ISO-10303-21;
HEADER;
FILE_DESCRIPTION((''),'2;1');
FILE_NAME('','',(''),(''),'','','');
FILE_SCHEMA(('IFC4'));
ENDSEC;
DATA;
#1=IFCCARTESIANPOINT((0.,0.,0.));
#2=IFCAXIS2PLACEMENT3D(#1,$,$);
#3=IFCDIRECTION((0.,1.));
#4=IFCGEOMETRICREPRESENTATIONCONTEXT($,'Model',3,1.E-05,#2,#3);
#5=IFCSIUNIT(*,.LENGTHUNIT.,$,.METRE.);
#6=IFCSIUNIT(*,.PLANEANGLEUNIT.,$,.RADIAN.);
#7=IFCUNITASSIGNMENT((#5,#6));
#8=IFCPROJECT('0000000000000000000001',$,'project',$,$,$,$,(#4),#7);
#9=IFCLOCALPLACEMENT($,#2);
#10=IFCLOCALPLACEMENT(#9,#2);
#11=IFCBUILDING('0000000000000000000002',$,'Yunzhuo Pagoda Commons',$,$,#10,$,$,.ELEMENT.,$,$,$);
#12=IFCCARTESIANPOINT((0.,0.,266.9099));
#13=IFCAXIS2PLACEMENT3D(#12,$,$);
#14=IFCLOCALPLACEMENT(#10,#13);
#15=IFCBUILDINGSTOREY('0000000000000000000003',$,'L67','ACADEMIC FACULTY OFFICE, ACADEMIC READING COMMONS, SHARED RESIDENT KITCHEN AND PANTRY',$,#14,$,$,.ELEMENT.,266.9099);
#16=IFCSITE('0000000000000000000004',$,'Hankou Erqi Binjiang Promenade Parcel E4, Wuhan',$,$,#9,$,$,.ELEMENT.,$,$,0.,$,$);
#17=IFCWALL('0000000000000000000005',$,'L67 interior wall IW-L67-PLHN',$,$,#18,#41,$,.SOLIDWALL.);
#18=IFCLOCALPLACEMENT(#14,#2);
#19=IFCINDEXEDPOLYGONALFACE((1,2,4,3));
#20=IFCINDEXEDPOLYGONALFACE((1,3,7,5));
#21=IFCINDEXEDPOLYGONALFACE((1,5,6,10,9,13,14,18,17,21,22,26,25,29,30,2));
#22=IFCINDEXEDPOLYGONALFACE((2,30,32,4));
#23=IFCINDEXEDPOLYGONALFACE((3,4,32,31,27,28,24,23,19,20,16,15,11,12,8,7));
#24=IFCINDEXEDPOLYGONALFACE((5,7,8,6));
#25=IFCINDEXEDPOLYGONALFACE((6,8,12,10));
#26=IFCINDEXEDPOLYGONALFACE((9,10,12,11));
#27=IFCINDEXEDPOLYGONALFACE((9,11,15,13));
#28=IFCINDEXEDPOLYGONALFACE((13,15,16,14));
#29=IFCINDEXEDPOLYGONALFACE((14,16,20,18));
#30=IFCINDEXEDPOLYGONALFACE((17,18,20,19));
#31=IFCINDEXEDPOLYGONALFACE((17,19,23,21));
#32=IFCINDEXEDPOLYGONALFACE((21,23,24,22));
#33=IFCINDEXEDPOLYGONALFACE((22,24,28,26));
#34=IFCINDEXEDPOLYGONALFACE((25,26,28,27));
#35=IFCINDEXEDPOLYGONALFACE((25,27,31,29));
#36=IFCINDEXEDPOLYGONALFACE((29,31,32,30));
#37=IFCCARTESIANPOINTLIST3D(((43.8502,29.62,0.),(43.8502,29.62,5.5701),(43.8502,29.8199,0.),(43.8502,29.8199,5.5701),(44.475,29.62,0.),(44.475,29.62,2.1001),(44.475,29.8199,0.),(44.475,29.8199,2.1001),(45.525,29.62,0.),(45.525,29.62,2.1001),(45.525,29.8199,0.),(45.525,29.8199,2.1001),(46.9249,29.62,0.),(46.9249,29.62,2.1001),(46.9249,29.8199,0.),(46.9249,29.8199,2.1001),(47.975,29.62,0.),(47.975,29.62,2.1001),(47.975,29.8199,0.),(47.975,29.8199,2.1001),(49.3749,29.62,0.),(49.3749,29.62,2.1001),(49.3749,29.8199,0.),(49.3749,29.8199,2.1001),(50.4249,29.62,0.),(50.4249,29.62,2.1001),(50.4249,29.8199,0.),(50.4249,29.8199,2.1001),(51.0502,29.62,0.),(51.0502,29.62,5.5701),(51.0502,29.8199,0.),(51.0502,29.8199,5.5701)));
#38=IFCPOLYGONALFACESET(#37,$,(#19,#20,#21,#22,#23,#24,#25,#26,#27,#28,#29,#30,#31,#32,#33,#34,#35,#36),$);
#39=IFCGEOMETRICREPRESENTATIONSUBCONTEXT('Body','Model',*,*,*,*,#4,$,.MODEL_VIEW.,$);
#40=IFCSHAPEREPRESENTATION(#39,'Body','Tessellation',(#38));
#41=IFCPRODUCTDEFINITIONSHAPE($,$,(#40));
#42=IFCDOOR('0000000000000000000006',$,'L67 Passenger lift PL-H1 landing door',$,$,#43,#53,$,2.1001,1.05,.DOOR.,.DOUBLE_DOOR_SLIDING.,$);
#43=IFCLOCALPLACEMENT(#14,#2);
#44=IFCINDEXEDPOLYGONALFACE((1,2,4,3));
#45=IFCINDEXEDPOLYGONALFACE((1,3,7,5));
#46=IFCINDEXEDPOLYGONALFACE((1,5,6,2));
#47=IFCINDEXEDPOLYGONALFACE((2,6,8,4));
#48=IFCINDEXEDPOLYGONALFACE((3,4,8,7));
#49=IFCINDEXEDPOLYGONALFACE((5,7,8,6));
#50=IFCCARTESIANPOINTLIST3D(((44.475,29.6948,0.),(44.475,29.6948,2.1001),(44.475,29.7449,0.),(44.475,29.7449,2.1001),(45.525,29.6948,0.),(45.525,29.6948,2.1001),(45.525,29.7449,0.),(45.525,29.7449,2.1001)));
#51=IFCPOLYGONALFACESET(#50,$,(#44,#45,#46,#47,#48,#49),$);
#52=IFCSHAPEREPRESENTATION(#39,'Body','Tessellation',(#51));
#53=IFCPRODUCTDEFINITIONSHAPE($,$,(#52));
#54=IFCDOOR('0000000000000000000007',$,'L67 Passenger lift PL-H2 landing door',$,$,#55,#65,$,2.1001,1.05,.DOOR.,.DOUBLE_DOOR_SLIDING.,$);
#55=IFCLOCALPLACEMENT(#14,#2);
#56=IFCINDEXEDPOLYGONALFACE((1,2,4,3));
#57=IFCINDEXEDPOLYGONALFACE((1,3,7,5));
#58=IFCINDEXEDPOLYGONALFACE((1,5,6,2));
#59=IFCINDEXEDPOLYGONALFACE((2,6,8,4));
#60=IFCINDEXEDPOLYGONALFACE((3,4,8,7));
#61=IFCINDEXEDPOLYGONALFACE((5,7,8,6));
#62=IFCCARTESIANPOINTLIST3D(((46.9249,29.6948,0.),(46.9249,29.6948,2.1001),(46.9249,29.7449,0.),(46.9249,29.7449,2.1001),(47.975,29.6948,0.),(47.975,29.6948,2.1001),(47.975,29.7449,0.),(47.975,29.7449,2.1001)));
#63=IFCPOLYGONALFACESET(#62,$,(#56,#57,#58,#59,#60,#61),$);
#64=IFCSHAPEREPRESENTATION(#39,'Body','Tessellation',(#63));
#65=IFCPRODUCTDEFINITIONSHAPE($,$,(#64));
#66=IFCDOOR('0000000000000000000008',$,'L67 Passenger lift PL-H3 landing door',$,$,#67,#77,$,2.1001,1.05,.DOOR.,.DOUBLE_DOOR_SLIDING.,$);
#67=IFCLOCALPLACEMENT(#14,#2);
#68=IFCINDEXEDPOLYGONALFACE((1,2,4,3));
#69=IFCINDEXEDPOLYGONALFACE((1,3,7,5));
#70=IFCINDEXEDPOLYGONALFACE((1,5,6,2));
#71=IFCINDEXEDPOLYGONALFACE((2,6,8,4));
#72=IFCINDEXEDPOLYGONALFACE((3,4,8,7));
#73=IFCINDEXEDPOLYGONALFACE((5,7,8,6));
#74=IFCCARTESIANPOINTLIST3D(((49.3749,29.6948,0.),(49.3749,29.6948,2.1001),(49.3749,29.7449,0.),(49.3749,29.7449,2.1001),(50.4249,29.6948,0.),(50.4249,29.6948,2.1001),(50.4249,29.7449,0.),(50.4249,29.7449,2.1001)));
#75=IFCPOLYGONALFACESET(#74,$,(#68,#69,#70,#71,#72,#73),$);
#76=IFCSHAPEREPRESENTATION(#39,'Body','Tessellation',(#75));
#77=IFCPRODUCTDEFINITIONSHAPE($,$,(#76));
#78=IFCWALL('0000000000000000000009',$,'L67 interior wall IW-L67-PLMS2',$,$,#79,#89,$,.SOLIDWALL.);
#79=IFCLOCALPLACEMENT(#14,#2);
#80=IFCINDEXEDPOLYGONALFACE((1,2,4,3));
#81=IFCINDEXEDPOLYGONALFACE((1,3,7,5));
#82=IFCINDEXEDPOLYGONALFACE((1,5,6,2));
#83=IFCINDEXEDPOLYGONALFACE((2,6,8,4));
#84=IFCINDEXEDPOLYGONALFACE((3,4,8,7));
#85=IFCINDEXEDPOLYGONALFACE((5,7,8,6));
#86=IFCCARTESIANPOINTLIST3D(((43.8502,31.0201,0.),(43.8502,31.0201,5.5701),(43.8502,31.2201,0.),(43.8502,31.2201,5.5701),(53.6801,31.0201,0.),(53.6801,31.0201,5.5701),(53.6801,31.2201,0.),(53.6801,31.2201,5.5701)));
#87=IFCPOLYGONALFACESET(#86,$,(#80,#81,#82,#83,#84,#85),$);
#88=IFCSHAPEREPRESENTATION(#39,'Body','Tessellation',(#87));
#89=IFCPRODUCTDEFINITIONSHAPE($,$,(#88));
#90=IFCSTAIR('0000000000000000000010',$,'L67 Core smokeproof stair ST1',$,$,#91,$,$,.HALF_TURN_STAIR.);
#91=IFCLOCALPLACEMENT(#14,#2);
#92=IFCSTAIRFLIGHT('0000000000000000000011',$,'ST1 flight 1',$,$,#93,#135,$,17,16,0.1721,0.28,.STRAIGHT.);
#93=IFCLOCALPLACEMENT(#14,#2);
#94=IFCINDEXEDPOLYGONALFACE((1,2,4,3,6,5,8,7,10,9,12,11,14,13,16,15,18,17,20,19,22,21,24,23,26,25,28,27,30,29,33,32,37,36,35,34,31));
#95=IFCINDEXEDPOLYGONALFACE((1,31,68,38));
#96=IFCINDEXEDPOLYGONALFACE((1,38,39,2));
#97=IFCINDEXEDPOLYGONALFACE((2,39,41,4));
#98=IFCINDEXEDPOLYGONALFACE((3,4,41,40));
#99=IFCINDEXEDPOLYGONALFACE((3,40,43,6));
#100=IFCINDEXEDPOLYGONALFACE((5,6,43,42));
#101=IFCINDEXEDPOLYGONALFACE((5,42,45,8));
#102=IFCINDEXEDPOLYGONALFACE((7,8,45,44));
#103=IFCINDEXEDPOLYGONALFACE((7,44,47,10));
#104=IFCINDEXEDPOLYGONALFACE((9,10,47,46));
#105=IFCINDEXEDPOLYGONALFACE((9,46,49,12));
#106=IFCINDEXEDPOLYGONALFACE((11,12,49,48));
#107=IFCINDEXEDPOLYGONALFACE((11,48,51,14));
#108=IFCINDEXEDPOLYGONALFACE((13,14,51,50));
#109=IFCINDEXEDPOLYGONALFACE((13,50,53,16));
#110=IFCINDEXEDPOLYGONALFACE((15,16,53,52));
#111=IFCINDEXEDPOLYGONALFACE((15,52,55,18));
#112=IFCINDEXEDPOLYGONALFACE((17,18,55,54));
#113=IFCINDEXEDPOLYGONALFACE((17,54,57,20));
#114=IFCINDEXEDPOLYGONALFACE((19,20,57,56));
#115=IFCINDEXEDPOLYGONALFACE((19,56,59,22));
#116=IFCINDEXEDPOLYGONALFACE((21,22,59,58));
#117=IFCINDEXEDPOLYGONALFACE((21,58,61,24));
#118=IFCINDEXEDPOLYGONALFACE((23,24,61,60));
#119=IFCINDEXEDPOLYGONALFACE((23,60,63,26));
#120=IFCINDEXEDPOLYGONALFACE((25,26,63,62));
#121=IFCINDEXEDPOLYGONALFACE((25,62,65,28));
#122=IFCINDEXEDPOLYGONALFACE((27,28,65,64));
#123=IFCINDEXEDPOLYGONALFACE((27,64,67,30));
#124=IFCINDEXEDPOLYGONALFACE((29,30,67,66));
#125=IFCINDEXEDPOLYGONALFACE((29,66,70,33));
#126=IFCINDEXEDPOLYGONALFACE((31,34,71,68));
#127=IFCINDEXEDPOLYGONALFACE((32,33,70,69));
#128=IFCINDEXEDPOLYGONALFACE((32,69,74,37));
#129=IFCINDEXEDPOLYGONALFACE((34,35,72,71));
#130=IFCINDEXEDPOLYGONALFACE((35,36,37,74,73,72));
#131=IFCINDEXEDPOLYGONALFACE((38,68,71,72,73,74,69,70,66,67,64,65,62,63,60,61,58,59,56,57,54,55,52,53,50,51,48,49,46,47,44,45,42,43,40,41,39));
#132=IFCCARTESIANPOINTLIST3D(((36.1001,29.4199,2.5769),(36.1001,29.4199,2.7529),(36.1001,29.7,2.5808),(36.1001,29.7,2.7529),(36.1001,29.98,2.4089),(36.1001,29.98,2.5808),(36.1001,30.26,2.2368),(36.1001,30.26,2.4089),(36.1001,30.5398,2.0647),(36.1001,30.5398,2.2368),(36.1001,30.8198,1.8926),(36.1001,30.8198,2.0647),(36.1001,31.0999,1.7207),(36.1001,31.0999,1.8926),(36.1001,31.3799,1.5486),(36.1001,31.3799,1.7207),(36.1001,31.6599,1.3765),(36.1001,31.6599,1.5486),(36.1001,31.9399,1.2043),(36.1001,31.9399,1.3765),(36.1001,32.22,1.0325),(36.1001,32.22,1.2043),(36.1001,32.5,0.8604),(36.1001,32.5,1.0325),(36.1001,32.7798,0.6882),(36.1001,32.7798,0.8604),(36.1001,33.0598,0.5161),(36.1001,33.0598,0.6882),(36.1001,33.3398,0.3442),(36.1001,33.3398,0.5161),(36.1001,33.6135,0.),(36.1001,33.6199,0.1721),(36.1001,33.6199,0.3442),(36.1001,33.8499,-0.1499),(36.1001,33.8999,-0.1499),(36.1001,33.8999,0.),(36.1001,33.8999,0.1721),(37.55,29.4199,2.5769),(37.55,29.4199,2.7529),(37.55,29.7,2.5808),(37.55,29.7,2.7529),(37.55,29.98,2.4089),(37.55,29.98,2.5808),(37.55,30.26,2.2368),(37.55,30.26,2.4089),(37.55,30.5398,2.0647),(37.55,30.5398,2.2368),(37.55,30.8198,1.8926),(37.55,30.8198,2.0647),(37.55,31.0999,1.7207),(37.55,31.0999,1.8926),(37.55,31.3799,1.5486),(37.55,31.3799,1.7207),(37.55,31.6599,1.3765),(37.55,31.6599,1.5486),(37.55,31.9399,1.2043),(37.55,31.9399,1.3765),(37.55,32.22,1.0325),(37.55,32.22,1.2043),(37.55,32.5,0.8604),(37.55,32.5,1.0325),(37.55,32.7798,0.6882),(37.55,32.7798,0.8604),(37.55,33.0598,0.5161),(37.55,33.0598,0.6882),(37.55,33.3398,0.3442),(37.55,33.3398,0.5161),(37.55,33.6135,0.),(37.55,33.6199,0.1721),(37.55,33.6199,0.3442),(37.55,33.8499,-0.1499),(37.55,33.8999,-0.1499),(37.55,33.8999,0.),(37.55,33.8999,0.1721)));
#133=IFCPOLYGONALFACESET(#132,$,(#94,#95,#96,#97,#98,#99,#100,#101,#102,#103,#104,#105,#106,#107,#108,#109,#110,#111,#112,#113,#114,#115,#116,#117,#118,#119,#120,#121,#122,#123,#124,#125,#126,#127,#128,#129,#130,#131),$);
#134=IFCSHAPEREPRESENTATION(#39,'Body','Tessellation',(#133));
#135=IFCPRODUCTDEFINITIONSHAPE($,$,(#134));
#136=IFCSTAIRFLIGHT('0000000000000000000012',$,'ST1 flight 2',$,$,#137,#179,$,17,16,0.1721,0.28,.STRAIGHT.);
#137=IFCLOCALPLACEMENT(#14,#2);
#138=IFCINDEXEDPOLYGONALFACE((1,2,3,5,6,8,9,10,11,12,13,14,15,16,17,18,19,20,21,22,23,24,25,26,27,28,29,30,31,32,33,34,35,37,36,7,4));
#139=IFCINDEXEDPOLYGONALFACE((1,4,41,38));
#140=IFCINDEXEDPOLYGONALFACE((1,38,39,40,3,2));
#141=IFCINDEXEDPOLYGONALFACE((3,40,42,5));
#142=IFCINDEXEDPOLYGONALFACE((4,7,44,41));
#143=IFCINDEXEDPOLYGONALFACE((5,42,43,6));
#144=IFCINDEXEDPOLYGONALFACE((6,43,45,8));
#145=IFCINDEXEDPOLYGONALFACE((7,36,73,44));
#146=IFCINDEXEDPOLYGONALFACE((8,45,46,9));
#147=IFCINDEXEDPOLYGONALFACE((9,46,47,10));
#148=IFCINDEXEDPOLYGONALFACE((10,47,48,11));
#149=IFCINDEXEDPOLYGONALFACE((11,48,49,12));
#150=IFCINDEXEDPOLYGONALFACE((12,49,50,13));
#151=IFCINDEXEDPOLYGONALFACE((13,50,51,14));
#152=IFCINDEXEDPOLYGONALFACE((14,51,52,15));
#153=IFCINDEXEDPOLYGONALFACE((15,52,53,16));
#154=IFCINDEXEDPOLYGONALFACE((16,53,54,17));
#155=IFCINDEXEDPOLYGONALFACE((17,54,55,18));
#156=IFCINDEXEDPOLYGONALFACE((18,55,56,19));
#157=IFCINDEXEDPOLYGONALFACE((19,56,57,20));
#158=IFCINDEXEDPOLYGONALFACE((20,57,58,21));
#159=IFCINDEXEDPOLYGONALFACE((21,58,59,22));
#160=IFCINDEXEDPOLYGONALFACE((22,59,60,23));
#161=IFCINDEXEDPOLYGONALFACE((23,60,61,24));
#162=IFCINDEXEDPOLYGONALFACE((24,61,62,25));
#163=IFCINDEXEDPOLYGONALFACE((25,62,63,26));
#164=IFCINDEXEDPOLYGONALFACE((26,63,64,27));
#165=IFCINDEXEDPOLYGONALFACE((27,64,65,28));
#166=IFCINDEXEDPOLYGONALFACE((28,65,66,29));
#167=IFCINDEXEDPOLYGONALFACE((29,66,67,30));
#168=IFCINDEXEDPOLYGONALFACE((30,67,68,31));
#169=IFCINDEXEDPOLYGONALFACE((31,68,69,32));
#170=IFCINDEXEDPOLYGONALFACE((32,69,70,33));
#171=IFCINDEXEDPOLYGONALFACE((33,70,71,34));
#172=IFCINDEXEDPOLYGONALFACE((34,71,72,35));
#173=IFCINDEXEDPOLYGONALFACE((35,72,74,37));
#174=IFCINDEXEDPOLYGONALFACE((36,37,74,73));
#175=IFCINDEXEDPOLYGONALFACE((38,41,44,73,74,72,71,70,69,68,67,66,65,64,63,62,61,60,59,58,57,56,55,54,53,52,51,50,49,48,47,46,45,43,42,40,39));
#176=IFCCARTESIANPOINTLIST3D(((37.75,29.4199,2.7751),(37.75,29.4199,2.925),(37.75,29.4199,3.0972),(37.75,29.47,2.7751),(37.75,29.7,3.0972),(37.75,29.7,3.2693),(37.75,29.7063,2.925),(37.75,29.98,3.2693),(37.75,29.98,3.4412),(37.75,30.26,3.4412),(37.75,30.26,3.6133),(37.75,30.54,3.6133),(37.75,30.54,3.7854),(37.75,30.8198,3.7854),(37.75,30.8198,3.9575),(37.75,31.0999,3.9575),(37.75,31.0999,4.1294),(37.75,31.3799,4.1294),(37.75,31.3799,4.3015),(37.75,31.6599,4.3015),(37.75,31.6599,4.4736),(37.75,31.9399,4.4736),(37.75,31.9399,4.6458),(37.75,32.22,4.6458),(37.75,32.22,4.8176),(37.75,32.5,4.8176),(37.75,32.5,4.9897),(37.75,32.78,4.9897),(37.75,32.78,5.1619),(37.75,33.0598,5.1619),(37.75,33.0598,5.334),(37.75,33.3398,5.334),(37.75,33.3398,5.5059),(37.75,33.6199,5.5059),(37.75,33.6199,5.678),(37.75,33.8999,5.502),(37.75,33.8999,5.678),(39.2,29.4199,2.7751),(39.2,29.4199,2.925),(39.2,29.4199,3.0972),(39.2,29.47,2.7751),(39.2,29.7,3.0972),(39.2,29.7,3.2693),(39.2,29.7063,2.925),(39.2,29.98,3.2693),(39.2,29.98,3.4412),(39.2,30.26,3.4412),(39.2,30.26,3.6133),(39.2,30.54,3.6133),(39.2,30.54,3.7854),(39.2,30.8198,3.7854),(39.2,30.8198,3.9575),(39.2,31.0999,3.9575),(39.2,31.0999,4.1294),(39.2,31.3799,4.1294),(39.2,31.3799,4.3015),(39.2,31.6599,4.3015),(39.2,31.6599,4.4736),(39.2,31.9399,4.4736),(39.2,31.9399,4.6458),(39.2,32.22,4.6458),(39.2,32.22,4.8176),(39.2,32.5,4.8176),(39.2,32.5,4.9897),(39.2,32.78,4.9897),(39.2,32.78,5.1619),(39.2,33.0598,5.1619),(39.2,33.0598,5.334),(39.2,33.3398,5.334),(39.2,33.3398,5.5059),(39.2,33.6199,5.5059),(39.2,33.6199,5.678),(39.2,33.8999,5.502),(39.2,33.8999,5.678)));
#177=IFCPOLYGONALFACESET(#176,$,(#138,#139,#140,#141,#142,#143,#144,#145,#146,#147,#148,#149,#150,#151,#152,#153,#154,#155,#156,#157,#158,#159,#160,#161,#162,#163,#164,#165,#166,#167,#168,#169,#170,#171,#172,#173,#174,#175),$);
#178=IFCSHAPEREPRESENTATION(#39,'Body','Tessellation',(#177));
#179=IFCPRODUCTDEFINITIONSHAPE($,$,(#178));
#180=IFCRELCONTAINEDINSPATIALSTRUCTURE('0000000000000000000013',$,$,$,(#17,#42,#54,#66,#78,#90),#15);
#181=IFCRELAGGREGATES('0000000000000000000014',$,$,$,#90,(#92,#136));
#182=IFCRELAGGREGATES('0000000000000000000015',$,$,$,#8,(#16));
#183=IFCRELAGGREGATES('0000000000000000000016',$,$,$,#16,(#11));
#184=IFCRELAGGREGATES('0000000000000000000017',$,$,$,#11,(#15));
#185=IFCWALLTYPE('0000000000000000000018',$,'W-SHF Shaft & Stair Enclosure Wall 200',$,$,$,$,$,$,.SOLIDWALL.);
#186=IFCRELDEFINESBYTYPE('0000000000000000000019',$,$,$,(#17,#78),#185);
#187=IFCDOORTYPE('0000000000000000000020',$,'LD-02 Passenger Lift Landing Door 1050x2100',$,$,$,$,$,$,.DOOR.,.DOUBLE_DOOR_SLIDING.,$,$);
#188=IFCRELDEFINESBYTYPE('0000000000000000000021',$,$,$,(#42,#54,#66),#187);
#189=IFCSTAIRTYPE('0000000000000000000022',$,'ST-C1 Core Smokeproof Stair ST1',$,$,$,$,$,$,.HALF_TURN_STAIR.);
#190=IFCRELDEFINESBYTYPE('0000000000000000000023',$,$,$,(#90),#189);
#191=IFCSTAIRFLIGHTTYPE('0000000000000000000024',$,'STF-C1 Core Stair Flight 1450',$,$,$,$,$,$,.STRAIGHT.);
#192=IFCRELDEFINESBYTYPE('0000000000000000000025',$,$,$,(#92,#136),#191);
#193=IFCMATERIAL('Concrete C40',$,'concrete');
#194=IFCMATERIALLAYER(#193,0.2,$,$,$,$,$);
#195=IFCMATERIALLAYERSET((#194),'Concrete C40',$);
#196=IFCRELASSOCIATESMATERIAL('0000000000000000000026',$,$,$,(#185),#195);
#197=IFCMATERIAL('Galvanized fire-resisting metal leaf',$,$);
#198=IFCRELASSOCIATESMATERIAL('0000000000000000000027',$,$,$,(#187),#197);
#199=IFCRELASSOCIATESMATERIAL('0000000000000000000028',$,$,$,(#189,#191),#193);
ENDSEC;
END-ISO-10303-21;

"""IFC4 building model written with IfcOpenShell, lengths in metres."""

from ifc_helpers import new_model, si_unit, direction, frame, frame_2d, origin, origin_with_axes, place, context, subcontext, project, spatial, polyline, rectangle, outline, extrude, source, transform, mapped, material, layer, layer_set, type_object, element, fill, aggregate, save


model = new_model("IFC4")

# Units and contexts
model_context = context("Model", 3, precision=1e-05, world=origin(), true_north=direction((0.0, 1.0)))
body_context = subcontext(model_context, "Body", "Model", "MODEL_VIEW")
ifc_project = project(units=[si_unit("LENGTHUNIT", "METRE"), si_unit("PLANEANGLEUNIT", "RADIAN")], contexts=[model_context])

# Site, building, storey
site_placement = place(None, origin())
site = spatial("IfcSite", under=ifc_project, at=site_placement, Name="Hankou Erqi Binjiang Promenade Parcel E4, Wuhan", CompositionType="ELEMENT", RefElevation=0.0)
building_placement = place(site_placement, origin())
building = spatial("IfcBuilding", under=site, at=building_placement, Name="Yunzhuo Pagoda Commons", CompositionType="ELEMENT")
storey_placement = place(building_placement, frame((0.0, 0.0, 266.9099)))
storey = spatial("IfcBuildingStorey", under=building, at=storey_placement, Name="L67", Description="ACADEMIC FACULTY OFFICE, ACADEMIC READING COMMONS, SHARED RESIDENT KITCHEN AND PANTRY", CompositionType="ELEMENT", Elevation=266.9099)

# Shared definitions
ifc_material_1 = material(Name="Concrete C40", Category="concrete")
ifc_layer_1 = layer(ifc_material_1, 0.2)
ifc_layer_set_1 = layer_set([ifc_layer_1], Name="Concrete C40")
wall_type_1 = type_object("IfcWallType", Name="W-SHF Shaft & Stair Enclosure Wall 200", PredefinedType="SOLIDWALL", material=ifc_layer_set_1)
ifc_material_2 = material(Name="Galvanized fire-resisting metal leaf")
door_type_1 = type_object("IfcDoorType", Name="LD-02 Passenger Lift Landing Door 1050x2100", OperationType="DOUBLE_DOOR_SLIDING", PredefinedType="DOOR", material=ifc_material_2)
shared_shape_1 = source(origin(), body_context, "Body", "SweptSolid", [
    extrude(rectangle(XDim=1.05, YDim=2.1001, at=frame_2d((0.5249, 1.05))), frame((0.0, 0.0249, 0.0), z_axis=(0.0, -1.0, 0.0), x_axis=(1.0, 0.0, 0.0)), (0.0, 0.0, 1.0), 0.05),
])

# Wall, openings, doors
wall_1_placement = place(storey_placement, frame((43.8501, 29.72, 0.0), z_axis=(0.0, 0.0, 1.0), x_axis=(1.0, 0.0, 0.0)))
wall_1 = element("IfcWall", 1, at=wall_1_placement, inside=storey, type_object=wall_type_1, Name="L67 interior wall IW-L67-PLHN", PredefinedType="SOLIDWALL", context=body_context, shape_type="SweptSolid", body=[
    extrude(rectangle(XDim=7.2, YDim=0.2, at=frame_2d((3.6001, 0.0))), origin(), (0.0, 0.0, 1.0), 5.5701),
])
opening_1_placement = place(wall_1_placement, frame((0.625, 0.0, 0.0)))
opening_1 = element("IfcOpeningElement", 2, at=opening_1_placement, cuts=wall_1, PredefinedType="OPENING", context=body_context, shape_type="SweptSolid", body=[
    extrude(rectangle(XDim=1.05, YDim=2.1001, at=frame_2d((0.5249, 1.05))), frame((0.0, 0.1099, 0.0), z_axis=(0.0, -1.0, 0.0), x_axis=(1.0, 0.0, 0.0)), (0.0, 0.0, 1.0), 0.22),
])
opening_2_placement = place(wall_1_placement, frame((3.075, 0.0, 0.0)))
opening_2 = element("IfcOpeningElement", 3, at=opening_2_placement, cuts=wall_1, PredefinedType="OPENING", context=body_context, shape_type="SweptSolid", body=[
    extrude(rectangle(XDim=1.05, YDim=2.1001, at=frame_2d((0.5249, 1.05))), frame((0.0, 0.1099, 0.0), z_axis=(0.0, -1.0, 0.0), x_axis=(1.0, 0.0, 0.0)), (0.0, 0.0, 1.0), 0.22),
])
opening_3_placement = place(wall_1_placement, frame((5.5249, 0.0, 0.0)))
opening_3 = element("IfcOpeningElement", 4, at=opening_3_placement, cuts=wall_1, PredefinedType="OPENING", context=body_context, shape_type="SweptSolid", body=[
    extrude(rectangle(XDim=1.05, YDim=2.1001, at=frame_2d((0.5249, 1.05))), frame((0.0, 0.1099, 0.0), z_axis=(0.0, -1.0, 0.0), x_axis=(1.0, 0.0, 0.0)), (0.0, 0.0, 1.0), 0.22),
])
door_1_placement = place(opening_1_placement, origin_with_axes())
door_1 = element("IfcDoor", 5, at=door_1_placement, inside=storey, type_object=door_type_1, Name="L67 Passenger lift PL-H1 landing door", OperationType="DOUBLE_DOOR_SLIDING", OverallHeight=2.1001, OverallWidth=1.05, PredefinedType="DOOR", context=body_context, shape_type="MappedRepresentation", body=[
    mapped(shared_shape_1, transform((0.0, 0.0, 0.0), scale=1.0)),
])
fill(opening_1, door_1)
door_2_placement = place(opening_2_placement, origin_with_axes())
door_2 = element("IfcDoor", 6, at=door_2_placement, inside=storey, type_object=door_type_1, Name="L67 Passenger lift PL-H2 landing door", OperationType="DOUBLE_DOOR_SLIDING", OverallHeight=2.1001, OverallWidth=1.05, PredefinedType="DOOR", context=body_context, shape_type="MappedRepresentation", body=[
    mapped(shared_shape_1, transform((0.0, 0.0, 0.0), scale=1.0)),
])
fill(opening_2, door_2)
door_3_placement = place(opening_3_placement, origin_with_axes())
door_3 = element("IfcDoor", 7, at=door_3_placement, inside=storey, type_object=door_type_1, Name="L67 Passenger lift PL-H3 landing door", OperationType="DOUBLE_DOOR_SLIDING", OverallHeight=2.1001, OverallWidth=1.05, PredefinedType="DOOR", context=body_context, shape_type="MappedRepresentation", body=[
    mapped(shared_shape_1, transform((0.0, 0.0, 0.0), scale=1.0)),
])
fill(opening_3, door_3)

# Wall
wall_2_placement = place(storey_placement, frame((43.8501, 31.1201, 0.0), z_axis=(0.0, 0.0, 1.0), x_axis=(1.0, 0.0, 0.0)))
element("IfcWall", 8, at=wall_2_placement, inside=storey, type_object=wall_type_1, Name="L67 interior wall IW-L67-PLMS2", PredefinedType="SOLIDWALL", context=body_context, shape_type="SweptSolid", body=[
    extrude(rectangle(XDim=9.8298, YDim=0.2, at=frame_2d((4.915, 0.0))), origin(), (0.0, 0.0, 1.0), 5.5701),
])

# Stair, stair flights
stair_type = type_object("IfcStairType", Name="ST-C1 Core Smokeproof Stair ST1", PredefinedType="HALF_TURN_STAIR", material=ifc_material_1)
stair_placement = place(storey_placement, origin())
stair = element("IfcStair", 9, at=stair_placement, inside=storey, type_object=stair_type, Name="L67 Core smokeproof stair ST1", PredefinedType="HALF_TURN_STAIR")
stair_flight_type = type_object("IfcStairFlightType", Name="STF-C1 Core Stair Flight 1450", PredefinedType="STRAIGHT", material=ifc_material_1)
shared_shape_2 = source(origin(), body_context, "Body", "SweptSolid", [
    extrude(outline(polyline([(0.0, -0.1499), (0.0, 0.0), (0.0, 0.1721), (0.28, 0.1721), (0.28, 0.3442), (0.5601, 0.3442), (0.5601, 0.5161), (0.8401, 0.5161), (0.8401, 0.6882), (1.1201, 0.6882), (1.1201, 0.8604), (1.3999, 0.8604), (1.3999, 1.0325), (1.6799, 1.0325), (1.6799, 1.2043), (1.96, 1.2043), (1.96, 1.3765), (2.24, 1.3765), (2.24, 1.5486), (2.52, 1.5486), (2.52, 1.7207), (2.8, 1.7207), (2.8, 1.8926), (3.0801, 1.8926), (3.0801, 2.0647), (3.3601, 2.0647), (3.3601, 2.2368), (3.6399, 2.2368), (3.6399, 2.4089), (3.9199, 2.4089), (3.9199, 2.5808), (4.2, 2.5808), (4.2, 2.7529), (4.48, 2.7529), (4.48, 2.925), (4.48, 2.5769), (0.2864, 0.0), (0.05, -0.1499), (0.0, -0.1499)])), frame((0.0, 0.7251, 0.0), z_axis=(0.0, -1.0, 0.0), x_axis=(1.0, 0.0, 0.0)), (0.0, 0.0, 1.0), 1.45),
])
stair_flight_1_placement = place(storey_placement, frame((36.825, 33.8999, 0.0), z_axis=(0.0, 0.0, 1.0), x_axis=(0.0, -1.0, 0.0)))
stair_flight_1 = element("IfcStairFlight", 10, at=stair_flight_1_placement, type_object=stair_flight_type, Name="ST1 flight 1", NumberOfRisers=17, NumberOfTreads=16, PredefinedType="STRAIGHT", RiserHeight=0.1721, TreadLength=0.28, context=body_context, shape_type="MappedRepresentation", body=[
    mapped(shared_shape_2, transform((0.0, 0.0, 0.0), scale=1.0)),
])
stair_flight_2_placement = place(storey_placement, frame((38.4751, 29.4199, 2.925), z_axis=(0.0, 0.0, 1.0), x_axis=(0.0, 1.0, 0.0)))
stair_flight_2 = element("IfcStairFlight", 11, at=stair_flight_2_placement, type_object=stair_flight_type, Name="ST1 flight 2", NumberOfRisers=17, NumberOfTreads=16, PredefinedType="STRAIGHT", RiserHeight=0.1721, TreadLength=0.28, context=body_context, shape_type="MappedRepresentation", body=[
    mapped(shared_shape_2, transform((0.0, 0.0, 0.0), scale=1.0)),
])
aggregate(stair, [stair_flight_1, stair_flight_2])

save(model, "model.ifc")
